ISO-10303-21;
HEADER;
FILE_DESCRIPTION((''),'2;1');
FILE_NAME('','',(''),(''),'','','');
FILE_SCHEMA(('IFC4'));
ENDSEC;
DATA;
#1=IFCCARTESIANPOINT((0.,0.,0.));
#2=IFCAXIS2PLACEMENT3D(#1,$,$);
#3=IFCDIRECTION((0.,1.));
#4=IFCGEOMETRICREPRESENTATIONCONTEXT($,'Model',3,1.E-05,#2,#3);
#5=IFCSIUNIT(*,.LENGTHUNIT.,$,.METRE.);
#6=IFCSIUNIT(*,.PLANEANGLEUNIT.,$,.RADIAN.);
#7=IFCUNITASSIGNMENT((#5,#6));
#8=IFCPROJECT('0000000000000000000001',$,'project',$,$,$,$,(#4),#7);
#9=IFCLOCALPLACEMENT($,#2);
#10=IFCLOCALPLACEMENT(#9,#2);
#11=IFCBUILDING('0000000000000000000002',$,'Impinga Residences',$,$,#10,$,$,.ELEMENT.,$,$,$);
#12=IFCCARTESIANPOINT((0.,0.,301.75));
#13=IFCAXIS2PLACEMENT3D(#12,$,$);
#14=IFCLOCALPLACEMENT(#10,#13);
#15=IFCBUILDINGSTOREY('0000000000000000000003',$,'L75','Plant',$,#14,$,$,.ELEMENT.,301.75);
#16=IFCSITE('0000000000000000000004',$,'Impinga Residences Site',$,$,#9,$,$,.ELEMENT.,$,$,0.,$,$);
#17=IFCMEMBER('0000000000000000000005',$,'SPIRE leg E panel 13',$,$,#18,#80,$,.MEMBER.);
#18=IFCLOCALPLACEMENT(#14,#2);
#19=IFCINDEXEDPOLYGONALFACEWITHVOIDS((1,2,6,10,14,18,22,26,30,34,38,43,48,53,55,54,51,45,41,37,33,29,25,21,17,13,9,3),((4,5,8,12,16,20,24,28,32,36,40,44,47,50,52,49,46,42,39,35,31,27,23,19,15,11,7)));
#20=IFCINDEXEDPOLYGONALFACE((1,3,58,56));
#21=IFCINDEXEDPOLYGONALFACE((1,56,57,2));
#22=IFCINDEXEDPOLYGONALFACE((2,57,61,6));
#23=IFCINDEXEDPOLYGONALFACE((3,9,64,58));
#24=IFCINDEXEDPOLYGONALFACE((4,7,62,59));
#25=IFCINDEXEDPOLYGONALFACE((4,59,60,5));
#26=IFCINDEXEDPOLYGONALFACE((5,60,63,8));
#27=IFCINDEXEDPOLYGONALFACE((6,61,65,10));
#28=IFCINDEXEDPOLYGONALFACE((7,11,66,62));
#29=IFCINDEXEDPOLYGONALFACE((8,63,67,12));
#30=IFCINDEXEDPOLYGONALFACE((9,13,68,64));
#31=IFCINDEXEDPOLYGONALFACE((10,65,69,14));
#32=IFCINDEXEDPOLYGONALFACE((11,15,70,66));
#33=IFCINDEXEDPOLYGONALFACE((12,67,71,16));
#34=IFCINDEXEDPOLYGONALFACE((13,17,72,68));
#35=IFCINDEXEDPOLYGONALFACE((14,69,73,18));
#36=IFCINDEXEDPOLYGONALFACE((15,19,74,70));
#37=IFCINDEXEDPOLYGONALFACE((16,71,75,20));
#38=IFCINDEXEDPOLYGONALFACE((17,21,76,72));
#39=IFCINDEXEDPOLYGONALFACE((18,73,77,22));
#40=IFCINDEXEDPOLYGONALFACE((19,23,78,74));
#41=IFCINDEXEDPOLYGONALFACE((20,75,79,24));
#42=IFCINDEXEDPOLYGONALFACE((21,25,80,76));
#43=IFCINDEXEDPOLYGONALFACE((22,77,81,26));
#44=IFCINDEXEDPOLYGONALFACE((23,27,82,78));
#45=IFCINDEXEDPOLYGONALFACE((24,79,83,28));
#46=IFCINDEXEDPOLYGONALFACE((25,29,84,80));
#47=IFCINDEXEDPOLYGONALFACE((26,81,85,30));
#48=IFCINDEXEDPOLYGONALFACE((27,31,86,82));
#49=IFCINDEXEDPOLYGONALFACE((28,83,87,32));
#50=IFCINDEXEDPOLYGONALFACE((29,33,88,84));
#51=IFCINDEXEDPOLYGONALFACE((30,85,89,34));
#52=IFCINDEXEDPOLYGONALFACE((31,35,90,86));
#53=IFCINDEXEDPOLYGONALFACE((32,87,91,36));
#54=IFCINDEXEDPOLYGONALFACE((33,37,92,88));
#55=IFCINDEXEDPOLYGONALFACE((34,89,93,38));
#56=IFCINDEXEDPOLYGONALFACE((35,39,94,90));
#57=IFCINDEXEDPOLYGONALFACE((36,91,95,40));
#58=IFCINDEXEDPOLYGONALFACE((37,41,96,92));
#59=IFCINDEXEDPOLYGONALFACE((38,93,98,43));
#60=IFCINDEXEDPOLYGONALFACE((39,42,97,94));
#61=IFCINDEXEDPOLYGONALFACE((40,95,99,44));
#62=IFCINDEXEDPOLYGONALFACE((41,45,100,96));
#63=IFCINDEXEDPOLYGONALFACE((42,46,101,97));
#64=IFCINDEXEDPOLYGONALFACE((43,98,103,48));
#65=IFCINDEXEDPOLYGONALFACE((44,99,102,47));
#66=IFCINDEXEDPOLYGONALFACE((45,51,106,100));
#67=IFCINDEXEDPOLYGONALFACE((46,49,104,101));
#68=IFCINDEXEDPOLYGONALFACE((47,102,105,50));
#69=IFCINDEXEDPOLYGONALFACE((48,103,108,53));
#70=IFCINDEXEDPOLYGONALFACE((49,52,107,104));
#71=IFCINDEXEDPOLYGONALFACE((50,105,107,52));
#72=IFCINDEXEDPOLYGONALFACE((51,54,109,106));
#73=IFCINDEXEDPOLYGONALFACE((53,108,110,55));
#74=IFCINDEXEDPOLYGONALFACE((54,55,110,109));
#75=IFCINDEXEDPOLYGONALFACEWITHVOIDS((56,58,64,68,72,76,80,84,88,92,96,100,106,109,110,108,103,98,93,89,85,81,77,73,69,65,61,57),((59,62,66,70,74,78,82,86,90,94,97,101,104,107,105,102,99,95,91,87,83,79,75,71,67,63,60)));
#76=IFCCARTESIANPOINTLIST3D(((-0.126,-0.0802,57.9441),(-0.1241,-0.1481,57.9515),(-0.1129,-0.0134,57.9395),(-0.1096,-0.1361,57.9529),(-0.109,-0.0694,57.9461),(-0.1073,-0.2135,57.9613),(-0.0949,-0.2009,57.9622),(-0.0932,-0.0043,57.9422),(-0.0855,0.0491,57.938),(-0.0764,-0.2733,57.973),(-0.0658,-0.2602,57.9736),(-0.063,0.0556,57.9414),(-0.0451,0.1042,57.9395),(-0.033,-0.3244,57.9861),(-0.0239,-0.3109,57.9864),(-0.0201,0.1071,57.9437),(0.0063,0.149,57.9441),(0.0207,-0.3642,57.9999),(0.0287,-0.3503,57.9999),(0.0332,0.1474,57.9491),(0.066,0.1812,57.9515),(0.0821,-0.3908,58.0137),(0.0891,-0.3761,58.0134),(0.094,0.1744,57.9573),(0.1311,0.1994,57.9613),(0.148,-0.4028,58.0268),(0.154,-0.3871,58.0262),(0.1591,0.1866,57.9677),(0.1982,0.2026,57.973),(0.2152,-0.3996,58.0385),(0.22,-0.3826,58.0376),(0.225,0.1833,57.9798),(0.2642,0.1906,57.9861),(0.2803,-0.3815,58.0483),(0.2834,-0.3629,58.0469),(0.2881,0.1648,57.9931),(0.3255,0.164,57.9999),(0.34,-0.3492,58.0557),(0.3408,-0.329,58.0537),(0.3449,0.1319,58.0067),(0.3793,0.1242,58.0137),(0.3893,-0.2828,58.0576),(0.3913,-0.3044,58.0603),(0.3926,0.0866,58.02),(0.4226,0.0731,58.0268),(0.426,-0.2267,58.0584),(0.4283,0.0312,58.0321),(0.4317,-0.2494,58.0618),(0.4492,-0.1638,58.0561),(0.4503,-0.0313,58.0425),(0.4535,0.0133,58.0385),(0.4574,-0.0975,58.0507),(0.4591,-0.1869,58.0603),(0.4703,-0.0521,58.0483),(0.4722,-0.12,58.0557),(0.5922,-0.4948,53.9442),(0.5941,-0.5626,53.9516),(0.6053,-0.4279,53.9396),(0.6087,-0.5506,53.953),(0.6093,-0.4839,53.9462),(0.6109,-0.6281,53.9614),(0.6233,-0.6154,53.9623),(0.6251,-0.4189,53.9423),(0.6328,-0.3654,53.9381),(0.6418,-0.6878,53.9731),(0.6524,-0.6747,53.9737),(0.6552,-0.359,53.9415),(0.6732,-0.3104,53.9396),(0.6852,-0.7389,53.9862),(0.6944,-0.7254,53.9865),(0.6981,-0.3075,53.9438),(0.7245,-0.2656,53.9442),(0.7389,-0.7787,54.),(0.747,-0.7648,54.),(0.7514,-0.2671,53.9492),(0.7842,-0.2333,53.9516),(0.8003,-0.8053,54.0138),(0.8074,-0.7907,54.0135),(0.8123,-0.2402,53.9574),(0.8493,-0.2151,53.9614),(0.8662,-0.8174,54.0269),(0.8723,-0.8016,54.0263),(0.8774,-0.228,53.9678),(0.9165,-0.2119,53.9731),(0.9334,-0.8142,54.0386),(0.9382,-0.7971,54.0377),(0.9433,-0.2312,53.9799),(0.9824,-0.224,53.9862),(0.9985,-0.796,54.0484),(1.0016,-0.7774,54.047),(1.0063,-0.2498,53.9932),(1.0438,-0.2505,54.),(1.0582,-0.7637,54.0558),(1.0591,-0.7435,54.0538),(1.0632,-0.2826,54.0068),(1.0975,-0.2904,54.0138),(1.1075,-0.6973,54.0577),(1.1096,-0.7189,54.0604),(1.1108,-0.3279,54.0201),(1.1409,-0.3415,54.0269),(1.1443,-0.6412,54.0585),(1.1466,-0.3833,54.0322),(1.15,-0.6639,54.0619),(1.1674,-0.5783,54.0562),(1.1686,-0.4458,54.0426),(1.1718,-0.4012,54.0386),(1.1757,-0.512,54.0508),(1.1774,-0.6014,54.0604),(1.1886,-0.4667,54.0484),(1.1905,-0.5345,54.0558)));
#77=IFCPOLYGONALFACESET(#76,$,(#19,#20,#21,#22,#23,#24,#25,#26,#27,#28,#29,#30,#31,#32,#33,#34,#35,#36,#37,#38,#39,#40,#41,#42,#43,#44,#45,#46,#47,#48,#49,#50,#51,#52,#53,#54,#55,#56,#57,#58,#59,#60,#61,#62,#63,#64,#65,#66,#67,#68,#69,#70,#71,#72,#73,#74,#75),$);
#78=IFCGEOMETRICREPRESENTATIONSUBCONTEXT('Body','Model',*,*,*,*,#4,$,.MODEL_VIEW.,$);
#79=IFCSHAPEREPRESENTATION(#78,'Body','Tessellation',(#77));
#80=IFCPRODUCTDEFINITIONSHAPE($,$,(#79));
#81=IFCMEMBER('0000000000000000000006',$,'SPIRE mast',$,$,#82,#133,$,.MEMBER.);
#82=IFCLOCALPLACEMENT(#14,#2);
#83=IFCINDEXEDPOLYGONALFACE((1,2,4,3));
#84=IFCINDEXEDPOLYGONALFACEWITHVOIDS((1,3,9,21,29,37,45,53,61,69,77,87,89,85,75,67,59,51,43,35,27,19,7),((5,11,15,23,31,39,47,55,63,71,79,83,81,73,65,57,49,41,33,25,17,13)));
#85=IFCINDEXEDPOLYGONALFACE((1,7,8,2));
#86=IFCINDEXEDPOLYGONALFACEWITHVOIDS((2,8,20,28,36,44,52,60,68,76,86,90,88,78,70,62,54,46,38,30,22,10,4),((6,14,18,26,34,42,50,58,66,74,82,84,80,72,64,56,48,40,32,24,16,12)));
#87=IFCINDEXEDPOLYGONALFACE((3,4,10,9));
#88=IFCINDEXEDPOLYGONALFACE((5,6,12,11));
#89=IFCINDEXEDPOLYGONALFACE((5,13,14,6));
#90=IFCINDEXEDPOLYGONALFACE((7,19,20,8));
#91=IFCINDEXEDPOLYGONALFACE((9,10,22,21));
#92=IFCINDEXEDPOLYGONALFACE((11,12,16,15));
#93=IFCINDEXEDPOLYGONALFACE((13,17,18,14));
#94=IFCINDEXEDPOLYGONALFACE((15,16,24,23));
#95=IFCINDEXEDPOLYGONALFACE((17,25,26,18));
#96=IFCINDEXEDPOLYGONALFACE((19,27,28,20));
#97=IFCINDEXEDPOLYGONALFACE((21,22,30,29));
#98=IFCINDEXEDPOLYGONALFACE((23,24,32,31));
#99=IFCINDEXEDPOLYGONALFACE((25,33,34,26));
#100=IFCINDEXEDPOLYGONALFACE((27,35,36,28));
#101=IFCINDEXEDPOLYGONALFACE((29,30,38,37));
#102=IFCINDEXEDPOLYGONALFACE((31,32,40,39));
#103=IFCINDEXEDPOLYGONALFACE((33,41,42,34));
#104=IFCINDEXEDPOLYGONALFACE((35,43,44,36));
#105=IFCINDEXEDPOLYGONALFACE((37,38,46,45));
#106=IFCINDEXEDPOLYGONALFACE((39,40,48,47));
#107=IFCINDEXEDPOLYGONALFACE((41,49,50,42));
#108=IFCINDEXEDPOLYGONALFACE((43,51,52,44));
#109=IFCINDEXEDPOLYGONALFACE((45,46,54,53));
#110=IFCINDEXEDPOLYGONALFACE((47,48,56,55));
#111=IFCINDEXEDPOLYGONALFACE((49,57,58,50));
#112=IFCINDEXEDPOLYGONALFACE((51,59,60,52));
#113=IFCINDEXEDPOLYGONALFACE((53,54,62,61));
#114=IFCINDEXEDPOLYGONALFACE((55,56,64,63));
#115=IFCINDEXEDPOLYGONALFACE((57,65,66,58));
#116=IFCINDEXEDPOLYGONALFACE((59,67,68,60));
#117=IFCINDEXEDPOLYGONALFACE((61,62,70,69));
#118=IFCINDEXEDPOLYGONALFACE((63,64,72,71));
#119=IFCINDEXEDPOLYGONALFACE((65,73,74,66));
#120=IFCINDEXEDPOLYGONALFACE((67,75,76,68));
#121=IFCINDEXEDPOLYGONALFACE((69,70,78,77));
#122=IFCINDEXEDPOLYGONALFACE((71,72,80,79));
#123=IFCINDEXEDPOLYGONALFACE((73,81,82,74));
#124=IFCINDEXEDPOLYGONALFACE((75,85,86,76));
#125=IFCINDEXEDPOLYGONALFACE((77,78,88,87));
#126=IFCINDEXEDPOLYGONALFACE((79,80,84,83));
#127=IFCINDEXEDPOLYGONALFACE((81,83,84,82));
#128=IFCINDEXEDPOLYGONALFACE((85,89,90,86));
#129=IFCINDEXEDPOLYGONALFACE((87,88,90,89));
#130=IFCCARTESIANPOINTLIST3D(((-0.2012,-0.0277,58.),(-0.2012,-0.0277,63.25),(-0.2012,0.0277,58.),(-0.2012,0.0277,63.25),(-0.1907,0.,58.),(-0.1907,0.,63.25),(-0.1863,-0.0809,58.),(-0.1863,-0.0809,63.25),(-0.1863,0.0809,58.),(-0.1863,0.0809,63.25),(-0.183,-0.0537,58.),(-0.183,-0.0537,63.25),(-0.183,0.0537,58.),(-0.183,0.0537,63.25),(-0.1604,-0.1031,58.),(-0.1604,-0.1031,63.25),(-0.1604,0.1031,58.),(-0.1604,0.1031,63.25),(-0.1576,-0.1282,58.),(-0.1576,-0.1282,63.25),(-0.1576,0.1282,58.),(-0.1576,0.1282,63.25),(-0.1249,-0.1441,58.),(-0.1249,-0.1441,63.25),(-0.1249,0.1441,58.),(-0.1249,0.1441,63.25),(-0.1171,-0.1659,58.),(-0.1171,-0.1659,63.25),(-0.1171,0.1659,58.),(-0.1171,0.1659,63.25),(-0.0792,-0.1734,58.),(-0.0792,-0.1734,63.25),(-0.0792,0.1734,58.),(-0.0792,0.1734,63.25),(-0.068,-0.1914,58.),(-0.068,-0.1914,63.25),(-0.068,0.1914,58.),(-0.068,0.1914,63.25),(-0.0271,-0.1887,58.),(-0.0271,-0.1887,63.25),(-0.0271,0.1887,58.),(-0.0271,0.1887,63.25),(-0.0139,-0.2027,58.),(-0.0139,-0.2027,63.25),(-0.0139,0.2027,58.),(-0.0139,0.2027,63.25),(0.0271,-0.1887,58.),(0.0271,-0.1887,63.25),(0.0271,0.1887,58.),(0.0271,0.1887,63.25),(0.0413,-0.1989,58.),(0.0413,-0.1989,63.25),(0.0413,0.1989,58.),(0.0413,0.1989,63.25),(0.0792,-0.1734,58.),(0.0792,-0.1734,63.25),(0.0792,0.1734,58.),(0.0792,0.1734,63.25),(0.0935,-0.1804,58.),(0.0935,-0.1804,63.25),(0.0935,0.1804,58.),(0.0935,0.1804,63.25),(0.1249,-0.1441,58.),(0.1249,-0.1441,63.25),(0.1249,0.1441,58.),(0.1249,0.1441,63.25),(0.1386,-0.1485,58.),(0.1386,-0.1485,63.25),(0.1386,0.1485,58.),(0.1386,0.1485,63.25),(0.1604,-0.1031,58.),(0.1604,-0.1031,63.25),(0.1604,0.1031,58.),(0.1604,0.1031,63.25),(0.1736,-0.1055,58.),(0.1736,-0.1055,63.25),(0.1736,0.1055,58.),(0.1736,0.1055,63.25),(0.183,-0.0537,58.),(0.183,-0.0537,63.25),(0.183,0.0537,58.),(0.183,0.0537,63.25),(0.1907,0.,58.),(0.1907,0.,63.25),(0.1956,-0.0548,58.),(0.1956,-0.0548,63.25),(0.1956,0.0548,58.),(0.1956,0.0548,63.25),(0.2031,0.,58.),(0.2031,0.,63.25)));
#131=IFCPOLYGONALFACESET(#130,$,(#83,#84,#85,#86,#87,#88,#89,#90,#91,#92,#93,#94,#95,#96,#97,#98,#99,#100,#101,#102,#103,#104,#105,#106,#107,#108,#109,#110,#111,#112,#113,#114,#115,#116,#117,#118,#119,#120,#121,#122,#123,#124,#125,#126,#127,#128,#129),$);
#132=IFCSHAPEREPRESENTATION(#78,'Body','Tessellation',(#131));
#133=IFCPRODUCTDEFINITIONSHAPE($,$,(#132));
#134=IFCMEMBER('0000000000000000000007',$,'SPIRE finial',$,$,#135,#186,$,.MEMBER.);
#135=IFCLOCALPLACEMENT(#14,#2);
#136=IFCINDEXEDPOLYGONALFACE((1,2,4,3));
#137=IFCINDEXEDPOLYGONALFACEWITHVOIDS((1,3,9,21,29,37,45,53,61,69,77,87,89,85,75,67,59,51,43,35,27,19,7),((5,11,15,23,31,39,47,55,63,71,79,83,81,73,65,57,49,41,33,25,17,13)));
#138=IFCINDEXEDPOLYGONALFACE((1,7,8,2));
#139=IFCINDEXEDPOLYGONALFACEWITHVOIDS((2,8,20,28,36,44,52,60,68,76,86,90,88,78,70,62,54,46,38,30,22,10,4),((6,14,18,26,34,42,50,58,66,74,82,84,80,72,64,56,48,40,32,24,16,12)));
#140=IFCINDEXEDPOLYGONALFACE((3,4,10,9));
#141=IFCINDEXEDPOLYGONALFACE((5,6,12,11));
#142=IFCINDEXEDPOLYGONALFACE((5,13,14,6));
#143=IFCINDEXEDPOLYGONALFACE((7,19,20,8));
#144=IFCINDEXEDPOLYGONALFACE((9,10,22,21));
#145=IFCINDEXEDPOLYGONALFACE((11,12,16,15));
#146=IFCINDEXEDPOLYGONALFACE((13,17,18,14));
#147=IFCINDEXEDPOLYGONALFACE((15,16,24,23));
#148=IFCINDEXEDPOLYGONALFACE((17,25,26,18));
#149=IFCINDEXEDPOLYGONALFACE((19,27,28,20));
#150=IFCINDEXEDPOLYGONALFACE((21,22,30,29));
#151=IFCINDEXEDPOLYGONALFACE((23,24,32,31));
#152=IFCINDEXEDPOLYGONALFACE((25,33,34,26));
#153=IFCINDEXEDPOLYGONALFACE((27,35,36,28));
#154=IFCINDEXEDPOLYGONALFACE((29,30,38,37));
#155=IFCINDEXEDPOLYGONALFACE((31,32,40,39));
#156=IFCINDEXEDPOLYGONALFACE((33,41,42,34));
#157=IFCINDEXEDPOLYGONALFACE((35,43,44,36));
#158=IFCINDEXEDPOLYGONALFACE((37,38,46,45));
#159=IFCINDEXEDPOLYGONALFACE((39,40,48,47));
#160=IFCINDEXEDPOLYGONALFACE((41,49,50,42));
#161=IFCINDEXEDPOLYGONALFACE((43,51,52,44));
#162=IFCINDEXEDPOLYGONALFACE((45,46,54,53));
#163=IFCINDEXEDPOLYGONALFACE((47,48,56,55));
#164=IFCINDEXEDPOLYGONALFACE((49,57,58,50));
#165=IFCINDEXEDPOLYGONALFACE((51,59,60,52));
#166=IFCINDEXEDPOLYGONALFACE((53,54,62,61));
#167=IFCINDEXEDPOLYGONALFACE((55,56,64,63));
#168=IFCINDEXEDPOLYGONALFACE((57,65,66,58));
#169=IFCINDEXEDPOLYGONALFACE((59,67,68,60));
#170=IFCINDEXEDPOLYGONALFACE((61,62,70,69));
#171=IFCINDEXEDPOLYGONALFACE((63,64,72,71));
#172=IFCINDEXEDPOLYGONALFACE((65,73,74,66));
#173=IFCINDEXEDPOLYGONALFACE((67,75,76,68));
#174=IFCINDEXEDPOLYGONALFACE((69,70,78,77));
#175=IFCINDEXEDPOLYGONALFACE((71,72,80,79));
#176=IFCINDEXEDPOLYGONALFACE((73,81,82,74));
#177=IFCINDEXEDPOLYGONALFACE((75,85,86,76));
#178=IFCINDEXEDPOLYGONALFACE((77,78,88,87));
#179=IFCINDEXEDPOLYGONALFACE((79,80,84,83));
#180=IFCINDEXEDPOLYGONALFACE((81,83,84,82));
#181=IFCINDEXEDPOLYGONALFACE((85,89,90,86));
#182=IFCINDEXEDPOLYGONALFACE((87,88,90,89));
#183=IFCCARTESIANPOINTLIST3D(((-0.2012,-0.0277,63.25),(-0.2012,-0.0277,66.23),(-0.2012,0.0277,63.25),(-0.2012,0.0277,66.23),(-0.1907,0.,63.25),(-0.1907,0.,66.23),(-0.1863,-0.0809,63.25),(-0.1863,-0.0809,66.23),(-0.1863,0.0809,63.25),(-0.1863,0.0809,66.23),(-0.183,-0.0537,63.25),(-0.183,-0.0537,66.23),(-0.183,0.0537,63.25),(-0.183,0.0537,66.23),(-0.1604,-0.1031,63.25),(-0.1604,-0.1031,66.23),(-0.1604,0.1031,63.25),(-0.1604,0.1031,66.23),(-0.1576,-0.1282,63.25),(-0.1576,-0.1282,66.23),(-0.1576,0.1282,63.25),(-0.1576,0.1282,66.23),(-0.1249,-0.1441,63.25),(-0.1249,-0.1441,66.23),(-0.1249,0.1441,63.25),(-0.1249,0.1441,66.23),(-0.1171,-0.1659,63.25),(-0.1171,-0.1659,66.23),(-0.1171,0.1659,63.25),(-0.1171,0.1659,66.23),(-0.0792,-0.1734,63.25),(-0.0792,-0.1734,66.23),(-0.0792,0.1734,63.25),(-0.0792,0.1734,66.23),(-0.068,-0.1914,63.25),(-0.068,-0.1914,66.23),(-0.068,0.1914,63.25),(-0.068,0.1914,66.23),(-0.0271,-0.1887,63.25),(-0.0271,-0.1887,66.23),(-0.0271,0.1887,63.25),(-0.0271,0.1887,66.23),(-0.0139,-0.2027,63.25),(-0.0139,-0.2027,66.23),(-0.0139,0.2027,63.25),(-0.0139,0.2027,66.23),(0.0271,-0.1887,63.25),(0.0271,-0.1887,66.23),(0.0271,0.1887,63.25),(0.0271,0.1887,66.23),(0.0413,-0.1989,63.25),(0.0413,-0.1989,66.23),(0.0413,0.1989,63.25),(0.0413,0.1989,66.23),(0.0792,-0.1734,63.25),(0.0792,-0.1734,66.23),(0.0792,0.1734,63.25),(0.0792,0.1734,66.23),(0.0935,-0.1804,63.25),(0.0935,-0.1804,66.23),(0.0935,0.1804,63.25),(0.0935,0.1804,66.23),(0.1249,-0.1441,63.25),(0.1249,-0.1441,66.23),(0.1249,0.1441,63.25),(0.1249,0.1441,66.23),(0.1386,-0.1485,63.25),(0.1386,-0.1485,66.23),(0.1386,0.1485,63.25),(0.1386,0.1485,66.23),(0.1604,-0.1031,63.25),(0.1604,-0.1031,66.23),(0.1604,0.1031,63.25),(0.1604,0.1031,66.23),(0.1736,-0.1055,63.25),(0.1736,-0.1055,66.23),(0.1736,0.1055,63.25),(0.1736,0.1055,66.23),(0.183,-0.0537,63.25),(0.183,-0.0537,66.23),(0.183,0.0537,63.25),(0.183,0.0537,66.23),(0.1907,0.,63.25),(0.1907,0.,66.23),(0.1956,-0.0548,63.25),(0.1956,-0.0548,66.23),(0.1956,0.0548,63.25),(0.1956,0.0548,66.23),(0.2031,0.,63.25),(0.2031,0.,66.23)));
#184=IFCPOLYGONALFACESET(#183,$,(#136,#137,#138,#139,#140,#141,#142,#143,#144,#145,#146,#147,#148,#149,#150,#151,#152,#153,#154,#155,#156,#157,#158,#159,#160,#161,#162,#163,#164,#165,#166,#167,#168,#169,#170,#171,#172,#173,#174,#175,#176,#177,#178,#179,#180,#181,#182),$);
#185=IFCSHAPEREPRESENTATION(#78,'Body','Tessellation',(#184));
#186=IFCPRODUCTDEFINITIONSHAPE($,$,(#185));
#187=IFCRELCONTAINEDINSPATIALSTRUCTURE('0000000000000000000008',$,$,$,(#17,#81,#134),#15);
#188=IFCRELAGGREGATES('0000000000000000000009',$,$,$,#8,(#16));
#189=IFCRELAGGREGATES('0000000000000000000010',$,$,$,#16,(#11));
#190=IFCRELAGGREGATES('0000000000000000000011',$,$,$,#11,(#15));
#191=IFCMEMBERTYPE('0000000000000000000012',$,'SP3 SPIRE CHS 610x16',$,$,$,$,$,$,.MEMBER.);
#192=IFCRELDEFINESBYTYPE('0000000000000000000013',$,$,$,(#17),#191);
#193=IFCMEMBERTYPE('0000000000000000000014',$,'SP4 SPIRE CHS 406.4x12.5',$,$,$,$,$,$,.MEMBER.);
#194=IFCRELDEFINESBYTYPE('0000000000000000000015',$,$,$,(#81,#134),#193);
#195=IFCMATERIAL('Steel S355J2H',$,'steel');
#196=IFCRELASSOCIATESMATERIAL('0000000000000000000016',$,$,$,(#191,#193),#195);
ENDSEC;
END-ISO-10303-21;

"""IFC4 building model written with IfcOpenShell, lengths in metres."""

from ifc_helpers import new_model, si_unit, direction, frame, origin, origin_2d, place, context, subcontext, project, spatial, hollow_circle, extrude, material, material_profile, profile_set, type_object, element, save


model = new_model("IFC4")

# Units and contexts
model_context = context("Model", 3, precision=1e-05, world=origin(), true_north=direction((0.0, 1.0)))
body_context = subcontext(model_context, "Body", "Model", "MODEL_VIEW")
ifc_project = project(units=[si_unit("LENGTHUNIT", "METRE"), si_unit("PLANEANGLEUNIT", "RADIAN")], contexts=[model_context])

# Site, building, storey
site_placement = place(None, origin())
site = spatial("IfcSite", under=ifc_project, at=site_placement, Name="Impinga Residences Site", CompositionType="ELEMENT", RefElevation=0.0)
building_placement = place(site_placement, origin())
building = spatial("IfcBuilding", under=site, at=building_placement, Name="Impinga Residences", CompositionType="ELEMENT")
storey_placement = place(building_placement, frame((0.0, 0.0, 301.75)))
storey = spatial("IfcBuildingStorey", under=building, at=storey_placement, Name="L75", Description="Plant", CompositionType="ELEMENT", Elevation=301.75)

# Members
ifc_material = material(Name="Steel S355J2H", Category="steel")
ifc_material_profile_1 = material_profile(ifc_material, hollow_circle(Radius=0.3049, WallThickness=0.0161, at=origin_2d()), Name="CHS 610x16")
ifc_profile_set_1 = profile_set([ifc_material_profile_1], Name="Steel S355J2H")
member_type_1 = type_object("IfcMemberType", Name="SP3 SPIRE CHS 610x16", PredefinedType="MEMBER", material=ifc_profile_set_1)
for number, where, z_axis, x_axis, name in (
    (1, (0.8914, -0.5146, 54.0), (-0.175826, 0.10148, 0.979177), (-0.499875, -0.866097, 0.0), "SPIRE leg E panel 13"),
):
    element("IfcMember", number, at=place(storey_placement, frame(where, z_axis=z_axis, x_axis=x_axis)), inside=storey, type_object=member_type_1, Name=name, PredefinedType="MEMBER", context=body_context, shape_type="SweptSolid", body=[
        extrude(hollow_circle(Radius=0.3049, WallThickness=0.0161, at=origin_2d()), origin(), (0.0, 0.0, 1.0), 4.085),
    ])
ifc_material_profile_2 = material_profile(ifc_material, hollow_circle(Radius=0.2031, WallThickness=0.0125, at=origin_2d()), Name="CHS 406.4x12.5")
ifc_profile_set_2 = profile_set([ifc_material_profile_2], Name="Steel S355J2H")
member_type_2 = type_object("IfcMemberType", Name="SP4 SPIRE CHS 406.4x12.5", PredefinedType="MEMBER", material=ifc_profile_set_2)
member_1_placement = place(storey_placement, frame((0.0, 0.0, 58.0), z_axis=(0.0, 0.0, 1.0), x_axis=(1.0, 0.0, 0.0)))
element("IfcMember", 2, at=member_1_placement, inside=storey, type_object=member_type_2, Name="SPIRE mast", PredefinedType="MEMBER", context=body_context, shape_type="SweptSolid", body=[
    extrude(hollow_circle(Radius=0.2031, WallThickness=0.0125, at=origin_2d()), origin(), (0.0, 0.0, 1.0), 5.25),
])
member_2_placement = place(storey_placement, frame((0.0, 0.0, 63.25), z_axis=(0.0, 0.0, 1.0), x_axis=(1.0, 0.0, 0.0)))
element("IfcMember", 3, at=member_2_placement, inside=storey, type_object=member_type_2, Name="SPIRE finial", PredefinedType="MEMBER", context=body_context, shape_type="SweptSolid", body=[
    extrude(hollow_circle(Radius=0.2031, WallThickness=0.0125, at=origin_2d()), origin(), (0.0, 0.0, 1.0), 2.98),
])

save(model, "model.ifc")
